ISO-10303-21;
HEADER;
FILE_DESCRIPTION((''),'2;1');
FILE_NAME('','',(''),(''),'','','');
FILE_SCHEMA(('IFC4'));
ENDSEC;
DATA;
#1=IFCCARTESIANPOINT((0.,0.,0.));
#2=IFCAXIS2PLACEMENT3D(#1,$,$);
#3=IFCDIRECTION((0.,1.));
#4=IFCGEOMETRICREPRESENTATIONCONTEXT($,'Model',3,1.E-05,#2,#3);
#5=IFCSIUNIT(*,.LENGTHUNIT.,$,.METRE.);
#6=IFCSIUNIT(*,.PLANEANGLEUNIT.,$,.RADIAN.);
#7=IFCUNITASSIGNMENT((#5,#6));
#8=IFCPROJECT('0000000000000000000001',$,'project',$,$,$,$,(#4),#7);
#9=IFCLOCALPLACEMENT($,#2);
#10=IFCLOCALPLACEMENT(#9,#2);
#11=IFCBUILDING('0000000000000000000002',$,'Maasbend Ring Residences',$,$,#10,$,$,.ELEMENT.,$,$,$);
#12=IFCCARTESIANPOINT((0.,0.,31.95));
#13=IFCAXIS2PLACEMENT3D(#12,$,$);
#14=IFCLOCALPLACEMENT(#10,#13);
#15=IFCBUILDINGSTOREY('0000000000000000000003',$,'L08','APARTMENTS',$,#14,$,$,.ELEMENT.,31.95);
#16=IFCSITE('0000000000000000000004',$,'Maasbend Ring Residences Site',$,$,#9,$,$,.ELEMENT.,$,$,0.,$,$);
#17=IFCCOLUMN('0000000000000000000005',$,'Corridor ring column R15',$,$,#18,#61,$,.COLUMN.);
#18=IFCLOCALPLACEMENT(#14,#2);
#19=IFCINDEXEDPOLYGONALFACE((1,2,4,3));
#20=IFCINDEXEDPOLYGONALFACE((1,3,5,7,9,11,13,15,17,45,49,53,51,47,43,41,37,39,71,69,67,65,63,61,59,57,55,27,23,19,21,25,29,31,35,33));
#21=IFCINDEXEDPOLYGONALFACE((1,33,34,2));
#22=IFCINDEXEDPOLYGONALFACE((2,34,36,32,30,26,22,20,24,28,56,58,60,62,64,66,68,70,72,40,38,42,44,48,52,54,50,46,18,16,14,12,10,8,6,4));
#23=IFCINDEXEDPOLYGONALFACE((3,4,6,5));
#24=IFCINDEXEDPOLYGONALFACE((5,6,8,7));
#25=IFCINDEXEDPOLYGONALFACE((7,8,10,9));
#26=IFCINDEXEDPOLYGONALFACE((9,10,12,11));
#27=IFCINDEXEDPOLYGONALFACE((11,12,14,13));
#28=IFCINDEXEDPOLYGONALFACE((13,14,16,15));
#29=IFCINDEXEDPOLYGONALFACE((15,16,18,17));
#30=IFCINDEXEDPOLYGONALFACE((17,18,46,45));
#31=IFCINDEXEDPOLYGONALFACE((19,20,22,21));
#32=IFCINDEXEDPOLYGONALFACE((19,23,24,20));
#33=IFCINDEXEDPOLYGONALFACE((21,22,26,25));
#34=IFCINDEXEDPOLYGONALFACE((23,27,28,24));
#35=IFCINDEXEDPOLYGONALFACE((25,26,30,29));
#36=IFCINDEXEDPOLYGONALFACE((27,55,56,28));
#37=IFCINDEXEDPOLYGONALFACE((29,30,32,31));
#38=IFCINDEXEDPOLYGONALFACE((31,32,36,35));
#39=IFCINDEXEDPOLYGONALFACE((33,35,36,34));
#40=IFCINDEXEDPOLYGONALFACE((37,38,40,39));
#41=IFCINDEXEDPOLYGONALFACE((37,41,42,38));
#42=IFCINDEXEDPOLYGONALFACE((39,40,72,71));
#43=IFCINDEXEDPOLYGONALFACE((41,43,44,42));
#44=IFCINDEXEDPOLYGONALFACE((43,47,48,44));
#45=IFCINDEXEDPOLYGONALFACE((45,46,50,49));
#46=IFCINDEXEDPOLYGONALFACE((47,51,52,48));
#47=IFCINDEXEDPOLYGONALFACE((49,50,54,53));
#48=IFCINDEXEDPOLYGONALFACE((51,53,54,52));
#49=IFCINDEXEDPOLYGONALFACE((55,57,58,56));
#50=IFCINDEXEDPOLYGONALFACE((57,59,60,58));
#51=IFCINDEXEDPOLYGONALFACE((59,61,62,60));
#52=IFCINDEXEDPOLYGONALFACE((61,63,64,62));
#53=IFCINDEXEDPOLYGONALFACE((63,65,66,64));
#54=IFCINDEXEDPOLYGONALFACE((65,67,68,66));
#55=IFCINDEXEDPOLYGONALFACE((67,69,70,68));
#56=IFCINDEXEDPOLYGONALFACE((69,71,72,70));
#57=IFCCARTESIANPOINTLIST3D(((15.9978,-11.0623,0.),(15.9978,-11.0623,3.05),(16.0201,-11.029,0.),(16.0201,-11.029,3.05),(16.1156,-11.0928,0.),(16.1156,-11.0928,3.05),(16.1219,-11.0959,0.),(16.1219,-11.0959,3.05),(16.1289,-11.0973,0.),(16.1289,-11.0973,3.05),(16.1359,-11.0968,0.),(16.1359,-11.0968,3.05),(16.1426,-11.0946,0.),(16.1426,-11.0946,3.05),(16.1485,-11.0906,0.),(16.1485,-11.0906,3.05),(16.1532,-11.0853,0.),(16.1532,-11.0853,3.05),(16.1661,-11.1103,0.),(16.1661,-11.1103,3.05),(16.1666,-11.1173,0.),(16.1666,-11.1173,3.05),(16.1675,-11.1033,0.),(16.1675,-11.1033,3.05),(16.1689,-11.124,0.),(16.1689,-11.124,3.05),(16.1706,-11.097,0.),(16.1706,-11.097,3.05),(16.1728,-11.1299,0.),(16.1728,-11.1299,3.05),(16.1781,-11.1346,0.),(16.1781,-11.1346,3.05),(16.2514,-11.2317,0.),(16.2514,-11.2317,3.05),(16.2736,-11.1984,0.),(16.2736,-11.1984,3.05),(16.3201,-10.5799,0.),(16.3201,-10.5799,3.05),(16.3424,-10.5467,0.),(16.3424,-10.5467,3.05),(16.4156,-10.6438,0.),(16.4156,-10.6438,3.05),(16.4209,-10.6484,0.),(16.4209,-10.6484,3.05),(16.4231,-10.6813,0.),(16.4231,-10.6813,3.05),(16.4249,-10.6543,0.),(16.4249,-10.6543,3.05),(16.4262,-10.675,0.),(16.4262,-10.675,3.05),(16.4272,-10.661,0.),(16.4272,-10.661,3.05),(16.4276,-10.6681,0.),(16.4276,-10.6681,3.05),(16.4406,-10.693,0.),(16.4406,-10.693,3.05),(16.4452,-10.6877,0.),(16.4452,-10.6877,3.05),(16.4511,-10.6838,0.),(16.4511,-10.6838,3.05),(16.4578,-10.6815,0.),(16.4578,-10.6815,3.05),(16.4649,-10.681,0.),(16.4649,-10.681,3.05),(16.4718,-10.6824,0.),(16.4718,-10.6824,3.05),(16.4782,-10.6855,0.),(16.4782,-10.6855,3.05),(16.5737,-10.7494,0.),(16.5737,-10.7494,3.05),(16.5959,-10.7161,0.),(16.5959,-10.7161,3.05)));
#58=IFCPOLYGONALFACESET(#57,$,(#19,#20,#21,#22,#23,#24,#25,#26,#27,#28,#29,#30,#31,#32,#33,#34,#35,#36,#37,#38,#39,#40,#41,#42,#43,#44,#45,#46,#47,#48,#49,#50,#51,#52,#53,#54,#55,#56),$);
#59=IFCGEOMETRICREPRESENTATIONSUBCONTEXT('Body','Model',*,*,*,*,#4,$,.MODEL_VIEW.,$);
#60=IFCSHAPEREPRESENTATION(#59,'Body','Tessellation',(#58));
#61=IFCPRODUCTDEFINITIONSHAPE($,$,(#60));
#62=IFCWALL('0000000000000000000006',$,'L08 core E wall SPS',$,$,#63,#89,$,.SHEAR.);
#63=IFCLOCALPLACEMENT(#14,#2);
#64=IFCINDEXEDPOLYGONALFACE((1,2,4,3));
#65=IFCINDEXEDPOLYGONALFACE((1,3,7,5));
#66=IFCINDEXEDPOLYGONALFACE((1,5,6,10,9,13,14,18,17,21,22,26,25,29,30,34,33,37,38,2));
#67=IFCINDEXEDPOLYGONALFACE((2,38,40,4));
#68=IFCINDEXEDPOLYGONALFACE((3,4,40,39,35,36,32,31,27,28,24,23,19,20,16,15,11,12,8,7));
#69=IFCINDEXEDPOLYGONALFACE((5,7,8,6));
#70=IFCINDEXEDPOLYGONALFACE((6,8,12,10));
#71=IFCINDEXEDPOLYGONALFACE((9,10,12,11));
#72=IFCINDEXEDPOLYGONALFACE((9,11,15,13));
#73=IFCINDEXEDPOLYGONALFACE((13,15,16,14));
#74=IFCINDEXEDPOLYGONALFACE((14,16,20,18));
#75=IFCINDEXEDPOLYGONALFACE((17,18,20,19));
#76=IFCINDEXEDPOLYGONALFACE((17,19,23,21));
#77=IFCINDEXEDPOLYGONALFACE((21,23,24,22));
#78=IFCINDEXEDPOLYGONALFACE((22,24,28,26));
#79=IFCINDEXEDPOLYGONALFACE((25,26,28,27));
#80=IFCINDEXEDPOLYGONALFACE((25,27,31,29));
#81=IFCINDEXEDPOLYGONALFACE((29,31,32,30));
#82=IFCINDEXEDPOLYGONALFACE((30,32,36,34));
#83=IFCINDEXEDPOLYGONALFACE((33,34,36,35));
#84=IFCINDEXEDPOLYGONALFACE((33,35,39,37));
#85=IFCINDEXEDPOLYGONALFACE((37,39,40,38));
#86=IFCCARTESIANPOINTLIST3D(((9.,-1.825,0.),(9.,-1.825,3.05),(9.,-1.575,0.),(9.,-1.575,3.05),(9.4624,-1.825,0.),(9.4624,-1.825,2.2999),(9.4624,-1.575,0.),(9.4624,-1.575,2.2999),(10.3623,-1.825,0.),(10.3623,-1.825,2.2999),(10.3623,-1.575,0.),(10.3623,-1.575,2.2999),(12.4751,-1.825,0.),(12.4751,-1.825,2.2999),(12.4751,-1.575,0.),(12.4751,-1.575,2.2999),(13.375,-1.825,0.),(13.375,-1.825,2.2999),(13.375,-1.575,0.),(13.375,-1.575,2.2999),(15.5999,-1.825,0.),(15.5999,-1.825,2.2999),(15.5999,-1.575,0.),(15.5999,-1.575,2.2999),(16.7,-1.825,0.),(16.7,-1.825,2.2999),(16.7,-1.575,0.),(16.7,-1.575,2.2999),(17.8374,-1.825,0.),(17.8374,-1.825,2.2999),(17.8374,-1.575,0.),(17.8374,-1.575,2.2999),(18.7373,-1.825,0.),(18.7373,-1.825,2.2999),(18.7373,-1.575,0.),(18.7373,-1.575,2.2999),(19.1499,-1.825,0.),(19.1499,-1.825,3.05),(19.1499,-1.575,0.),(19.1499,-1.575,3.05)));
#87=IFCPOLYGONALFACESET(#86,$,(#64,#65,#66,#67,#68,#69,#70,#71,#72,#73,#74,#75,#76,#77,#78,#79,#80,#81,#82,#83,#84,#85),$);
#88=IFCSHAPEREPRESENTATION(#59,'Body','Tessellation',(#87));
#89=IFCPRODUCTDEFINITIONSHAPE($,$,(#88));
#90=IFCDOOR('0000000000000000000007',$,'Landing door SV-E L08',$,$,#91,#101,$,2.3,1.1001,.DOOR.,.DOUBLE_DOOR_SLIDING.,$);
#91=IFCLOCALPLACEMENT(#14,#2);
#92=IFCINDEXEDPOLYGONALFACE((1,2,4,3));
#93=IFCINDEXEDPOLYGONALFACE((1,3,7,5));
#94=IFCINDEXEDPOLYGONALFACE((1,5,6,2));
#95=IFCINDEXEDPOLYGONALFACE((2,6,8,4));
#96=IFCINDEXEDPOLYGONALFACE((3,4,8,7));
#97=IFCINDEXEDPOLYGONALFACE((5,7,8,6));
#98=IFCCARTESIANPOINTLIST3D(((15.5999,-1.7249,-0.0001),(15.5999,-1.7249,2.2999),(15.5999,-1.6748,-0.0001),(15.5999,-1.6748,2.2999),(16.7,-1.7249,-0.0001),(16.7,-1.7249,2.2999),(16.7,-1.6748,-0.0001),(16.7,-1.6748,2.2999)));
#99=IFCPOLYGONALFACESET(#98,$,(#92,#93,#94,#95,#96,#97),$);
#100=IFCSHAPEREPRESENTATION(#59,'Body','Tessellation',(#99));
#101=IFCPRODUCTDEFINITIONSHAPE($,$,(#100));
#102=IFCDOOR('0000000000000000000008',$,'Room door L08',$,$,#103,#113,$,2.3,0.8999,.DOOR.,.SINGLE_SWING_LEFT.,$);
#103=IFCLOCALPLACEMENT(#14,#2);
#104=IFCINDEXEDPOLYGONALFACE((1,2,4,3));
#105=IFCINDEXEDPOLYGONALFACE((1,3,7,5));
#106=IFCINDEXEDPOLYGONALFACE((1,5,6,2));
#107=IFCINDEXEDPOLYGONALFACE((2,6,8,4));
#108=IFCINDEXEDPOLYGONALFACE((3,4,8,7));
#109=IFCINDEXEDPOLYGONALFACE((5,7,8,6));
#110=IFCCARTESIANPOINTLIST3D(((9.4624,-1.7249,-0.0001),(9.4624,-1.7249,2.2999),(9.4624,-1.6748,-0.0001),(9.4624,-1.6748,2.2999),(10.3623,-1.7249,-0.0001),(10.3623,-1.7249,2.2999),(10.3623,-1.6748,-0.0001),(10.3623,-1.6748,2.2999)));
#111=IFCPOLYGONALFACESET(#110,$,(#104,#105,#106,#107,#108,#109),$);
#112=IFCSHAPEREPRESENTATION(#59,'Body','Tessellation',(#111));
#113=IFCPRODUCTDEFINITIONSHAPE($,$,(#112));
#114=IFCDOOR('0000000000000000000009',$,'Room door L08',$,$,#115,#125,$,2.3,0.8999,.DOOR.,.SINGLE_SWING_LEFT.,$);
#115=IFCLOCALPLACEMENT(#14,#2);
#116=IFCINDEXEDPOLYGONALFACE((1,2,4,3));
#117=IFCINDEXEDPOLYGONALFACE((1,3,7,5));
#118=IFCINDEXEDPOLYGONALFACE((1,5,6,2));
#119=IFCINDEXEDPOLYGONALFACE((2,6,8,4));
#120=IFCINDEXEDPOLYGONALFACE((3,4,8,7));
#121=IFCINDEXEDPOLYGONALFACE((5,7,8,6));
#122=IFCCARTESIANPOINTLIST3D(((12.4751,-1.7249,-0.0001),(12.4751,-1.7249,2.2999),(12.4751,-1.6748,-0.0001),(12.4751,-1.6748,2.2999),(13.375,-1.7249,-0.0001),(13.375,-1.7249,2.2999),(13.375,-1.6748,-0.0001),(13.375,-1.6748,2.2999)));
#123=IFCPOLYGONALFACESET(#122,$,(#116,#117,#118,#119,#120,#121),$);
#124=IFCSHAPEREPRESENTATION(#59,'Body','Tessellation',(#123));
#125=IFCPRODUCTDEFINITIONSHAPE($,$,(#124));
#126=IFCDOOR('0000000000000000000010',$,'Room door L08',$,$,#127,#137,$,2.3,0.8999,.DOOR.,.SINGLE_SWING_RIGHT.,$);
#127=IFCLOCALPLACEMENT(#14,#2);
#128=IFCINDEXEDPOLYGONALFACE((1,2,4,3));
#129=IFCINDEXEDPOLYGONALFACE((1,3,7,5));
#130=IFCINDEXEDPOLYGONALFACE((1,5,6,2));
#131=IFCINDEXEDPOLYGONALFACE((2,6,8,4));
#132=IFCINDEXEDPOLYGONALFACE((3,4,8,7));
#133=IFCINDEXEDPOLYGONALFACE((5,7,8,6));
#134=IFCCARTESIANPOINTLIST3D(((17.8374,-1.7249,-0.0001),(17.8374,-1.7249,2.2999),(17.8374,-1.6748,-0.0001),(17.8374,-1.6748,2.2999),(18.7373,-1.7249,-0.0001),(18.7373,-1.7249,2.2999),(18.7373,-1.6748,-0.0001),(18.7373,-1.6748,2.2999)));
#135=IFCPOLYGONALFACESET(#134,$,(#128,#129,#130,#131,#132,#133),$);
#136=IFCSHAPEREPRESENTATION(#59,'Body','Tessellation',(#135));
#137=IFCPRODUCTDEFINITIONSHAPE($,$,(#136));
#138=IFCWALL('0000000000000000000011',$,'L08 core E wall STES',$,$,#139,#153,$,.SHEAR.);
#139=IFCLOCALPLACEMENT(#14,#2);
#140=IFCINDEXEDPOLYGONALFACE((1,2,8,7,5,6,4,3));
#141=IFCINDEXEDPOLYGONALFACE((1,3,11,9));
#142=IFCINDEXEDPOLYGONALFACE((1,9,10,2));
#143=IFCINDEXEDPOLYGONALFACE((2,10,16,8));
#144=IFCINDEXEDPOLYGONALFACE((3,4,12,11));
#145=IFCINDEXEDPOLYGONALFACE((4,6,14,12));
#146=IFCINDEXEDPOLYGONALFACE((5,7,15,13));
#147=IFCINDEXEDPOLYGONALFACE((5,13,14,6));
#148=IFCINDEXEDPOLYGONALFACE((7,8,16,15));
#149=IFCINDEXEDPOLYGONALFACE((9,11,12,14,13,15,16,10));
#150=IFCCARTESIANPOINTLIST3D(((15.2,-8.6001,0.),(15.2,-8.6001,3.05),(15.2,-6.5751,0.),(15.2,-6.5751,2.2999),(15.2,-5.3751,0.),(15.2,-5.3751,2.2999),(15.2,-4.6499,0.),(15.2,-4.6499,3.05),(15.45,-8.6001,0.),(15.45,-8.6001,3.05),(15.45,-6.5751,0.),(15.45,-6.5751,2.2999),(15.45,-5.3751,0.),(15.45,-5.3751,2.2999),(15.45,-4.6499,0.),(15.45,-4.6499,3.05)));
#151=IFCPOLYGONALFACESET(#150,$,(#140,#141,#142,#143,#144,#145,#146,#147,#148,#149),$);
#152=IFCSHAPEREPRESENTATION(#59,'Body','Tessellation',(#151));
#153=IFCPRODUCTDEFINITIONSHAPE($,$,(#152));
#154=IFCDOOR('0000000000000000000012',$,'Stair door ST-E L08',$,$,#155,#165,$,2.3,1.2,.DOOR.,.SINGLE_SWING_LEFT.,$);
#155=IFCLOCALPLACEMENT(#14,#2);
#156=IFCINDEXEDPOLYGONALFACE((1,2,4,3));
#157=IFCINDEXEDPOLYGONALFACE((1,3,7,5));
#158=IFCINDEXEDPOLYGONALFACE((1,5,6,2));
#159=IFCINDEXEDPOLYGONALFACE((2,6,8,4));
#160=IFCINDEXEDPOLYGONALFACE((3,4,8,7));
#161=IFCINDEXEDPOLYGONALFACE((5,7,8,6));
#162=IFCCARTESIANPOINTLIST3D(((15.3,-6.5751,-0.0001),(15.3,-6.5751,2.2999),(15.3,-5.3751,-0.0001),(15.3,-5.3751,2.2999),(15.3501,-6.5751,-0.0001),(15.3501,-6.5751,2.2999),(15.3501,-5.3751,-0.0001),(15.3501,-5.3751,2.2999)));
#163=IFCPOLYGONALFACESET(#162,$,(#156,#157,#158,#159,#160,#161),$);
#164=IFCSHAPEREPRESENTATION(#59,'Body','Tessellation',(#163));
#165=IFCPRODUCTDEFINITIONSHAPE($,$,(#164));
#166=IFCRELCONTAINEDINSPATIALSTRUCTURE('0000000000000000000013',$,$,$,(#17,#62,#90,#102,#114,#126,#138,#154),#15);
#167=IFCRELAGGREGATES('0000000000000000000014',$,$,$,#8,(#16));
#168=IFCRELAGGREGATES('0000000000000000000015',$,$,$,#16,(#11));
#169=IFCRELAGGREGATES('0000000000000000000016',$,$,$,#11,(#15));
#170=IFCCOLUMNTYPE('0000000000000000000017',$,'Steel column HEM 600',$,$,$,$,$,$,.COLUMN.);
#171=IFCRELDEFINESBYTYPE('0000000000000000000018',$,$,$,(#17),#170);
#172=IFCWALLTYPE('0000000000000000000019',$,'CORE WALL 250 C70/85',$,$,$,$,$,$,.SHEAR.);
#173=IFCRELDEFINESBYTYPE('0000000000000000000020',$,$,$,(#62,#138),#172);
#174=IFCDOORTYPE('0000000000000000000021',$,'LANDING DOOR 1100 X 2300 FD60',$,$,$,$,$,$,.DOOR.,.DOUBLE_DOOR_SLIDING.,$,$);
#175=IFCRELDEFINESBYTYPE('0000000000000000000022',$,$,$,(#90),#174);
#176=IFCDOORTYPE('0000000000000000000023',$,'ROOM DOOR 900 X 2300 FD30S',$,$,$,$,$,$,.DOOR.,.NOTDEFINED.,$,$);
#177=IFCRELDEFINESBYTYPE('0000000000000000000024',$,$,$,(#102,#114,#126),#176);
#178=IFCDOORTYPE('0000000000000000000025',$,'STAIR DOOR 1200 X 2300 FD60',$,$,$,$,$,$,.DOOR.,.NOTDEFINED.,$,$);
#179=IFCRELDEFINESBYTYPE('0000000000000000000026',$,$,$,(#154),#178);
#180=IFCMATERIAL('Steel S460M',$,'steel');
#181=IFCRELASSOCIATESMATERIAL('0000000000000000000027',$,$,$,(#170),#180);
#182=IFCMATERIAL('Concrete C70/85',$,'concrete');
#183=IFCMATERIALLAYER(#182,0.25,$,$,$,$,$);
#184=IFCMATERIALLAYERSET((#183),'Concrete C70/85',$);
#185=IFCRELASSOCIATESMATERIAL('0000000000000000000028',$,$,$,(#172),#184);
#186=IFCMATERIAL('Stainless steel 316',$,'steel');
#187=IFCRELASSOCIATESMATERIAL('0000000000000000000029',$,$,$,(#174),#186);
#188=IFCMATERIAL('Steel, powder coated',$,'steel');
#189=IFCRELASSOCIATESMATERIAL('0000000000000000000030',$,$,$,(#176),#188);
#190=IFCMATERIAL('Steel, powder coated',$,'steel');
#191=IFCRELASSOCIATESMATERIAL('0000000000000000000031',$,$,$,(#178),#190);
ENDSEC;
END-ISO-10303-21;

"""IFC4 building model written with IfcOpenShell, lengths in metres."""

from ifc_helpers import new_model, si_unit, direction, frame, frame_2d, origin, origin_2d, place, context, subcontext, project, spatial, rectangle, i_section, extrude, material, layer, layer_set, material_profile, profile_set, type_object, element, fill, save


model = new_model("IFC4")

# Units and contexts
model_context = context("Model", 3, precision=1e-05, world=origin(), true_north=direction((0.0, 1.0)))
body_context = subcontext(model_context, "Body", "Model", "MODEL_VIEW")
ifc_project = project(units=[si_unit("LENGTHUNIT", "METRE"), si_unit("PLANEANGLEUNIT", "RADIAN")], contexts=[model_context])

# Site, building, storey
site_placement = place(None, origin())
site = spatial("IfcSite", under=ifc_project, at=site_placement, Name="Maasbend Ring Residences Site", CompositionType="ELEMENT", RefElevation=0.0)
building_placement = place(site_placement, origin())
building = spatial("IfcBuilding", under=site, at=building_placement, Name="Maasbend Ring Residences", CompositionType="ELEMENT")
storey_placement = place(building_placement, frame((0.0, 0.0, 31.95)))
storey = spatial("IfcBuildingStorey", under=building, at=storey_placement, Name="L08", Description="APARTMENTS", CompositionType="ELEMENT", Elevation=31.95)

# Column
ifc_material_1 = material(Name="Steel S460M", Category="steel")
ifc_material_profile = material_profile(ifc_material_1, i_section(OverallWidth=0.3049, OverallDepth=0.6201, WebThickness=0.021, FlangeThickness=0.04, FilletRadius=0.0271, at=origin_2d()), Name="HEM 600")
ifc_profile_set = profile_set([ifc_material_profile], Name="Steel S460M")
column_type = type_object("IfcColumnType", Name="Steel column HEM 600", PredefinedType="COLUMN", material=ifc_profile_set)
column_placement = place(storey_placement, frame((16.2969, -10.8892, 0.0), z_axis=(0.0, 0.0, 1.0), x_axis=(0.83147, -0.55557, 0.0)))
element("IfcColumn", 1, at=column_placement, inside=storey, type_object=column_type, Name="Corridor ring column R15", PredefinedType="COLUMN", context=body_context, shape_type="SweptSolid", body=[
    extrude(i_section(OverallWidth=0.3049, OverallDepth=0.6201, WebThickness=0.021, FlangeThickness=0.04, FilletRadius=0.0271, at=origin_2d()), origin(), (0.0, 0.0, 1.0), 3.05),
])

# Wall, openings, doors
ifc_material_2 = material(Name="Concrete C70/85", Category="concrete")
ifc_layer_1 = layer(ifc_material_2, 0.25)
ifc_layer_set_1 = layer_set([ifc_layer_1], Name="Concrete C70/85")
wall_type_1 = type_object("IfcWallType", Name="CORE WALL 250 C70/85", PredefinedType="SHEAR", material=ifc_layer_set_1)
wall_1_placement = place(storey_placement, frame((19.1499, -1.7, 0.0), z_axis=(0.0, 0.0, 1.0), x_axis=(-1.0, 0.0, 0.0)))
wall_1 = element("IfcWall", 2, at=wall_1_placement, inside=storey, type_object=wall_type_1, Name="L08 core E wall SPS", PredefinedType="SHEAR", context=body_context, shape_type="SweptSolid", body=[
    extrude(rectangle(XDim=10.1499, YDim=0.25, at=frame_2d((5.075, 0.0))), origin(), (0.0, 0.0, 1.0), 3.05),
])
opening_1_placement = place(wall_1_placement, frame((2.45, 0.0, 0.0)))
opening_1 = element("IfcOpeningElement", 3, at=opening_1_placement, cuts=wall_1, PredefinedType="OPENING", context=body_context, shape_type="SweptSolid", body=[
    extrude(rectangle(XDim=1.1001, YDim=2.3, at=frame_2d((0.55, 1.1499))), frame((0.0, 0.135, 0.0), z_axis=(0.0, -1.0, 0.0), x_axis=(1.0, 0.0, 0.0)), (0.0, 0.0, 1.0), 0.27),
])
opening_2_placement = place(wall_1_placement, frame((8.7876, 0.0, 0.0)))
opening_2 = element("IfcOpeningElement", 4, at=opening_2_placement, cuts=wall_1, PredefinedType="OPENING", context=body_context, shape_type="SweptSolid", body=[
    extrude(rectangle(XDim=0.8999, YDim=2.3, at=frame_2d((0.45, 1.1499))), frame((0.0, 0.135, 0.0), z_axis=(0.0, -1.0, 0.0), x_axis=(1.0, 0.0, 0.0)), (0.0, 0.0, 1.0), 0.27),
])
opening_3_placement = place(wall_1_placement, frame((5.7749, 0.0, 0.0)))
opening_3 = element("IfcOpeningElement", 5, at=opening_3_placement, cuts=wall_1, PredefinedType="OPENING", context=body_context, shape_type="SweptSolid", body=[
    extrude(rectangle(XDim=0.8999, YDim=2.3, at=frame_2d((0.45, 1.1499))), frame((0.0, 0.135, 0.0), z_axis=(0.0, -1.0, 0.0), x_axis=(1.0, 0.0, 0.0)), (0.0, 0.0, 1.0), 0.27),
])
opening_4_placement = place(wall_1_placement, frame((0.4126, 0.0, 0.0)))
opening_4 = element("IfcOpeningElement", 6, at=opening_4_placement, cuts=wall_1, PredefinedType="OPENING", context=body_context, shape_type="SweptSolid", body=[
    extrude(rectangle(XDim=0.8999, YDim=2.3, at=frame_2d((0.45, 1.1499))), frame((0.0, 0.135, 0.0), z_axis=(0.0, -1.0, 0.0), x_axis=(1.0, 0.0, 0.0)), (0.0, 0.0, 1.0), 0.27),
])
ifc_material_3 = material(Name="Stainless steel 316", Category="steel")
door_type_1 = type_object("IfcDoorType", Name="LANDING DOOR 1100 X 2300 FD60", OperationType="DOUBLE_DOOR_SLIDING", PredefinedType="DOOR", material=ifc_material_3)
door_1_placement = place(opening_1_placement, origin())
door_1 = element("IfcDoor", 7, at=door_1_placement, inside=storey, type_object=door_type_1, Name="Landing door SV-E L08", OperationType="DOUBLE_DOOR_SLIDING", OverallHeight=2.3, OverallWidth=1.1001, PredefinedType="DOOR", context=body_context, shape_type="SweptSolid", body=[
    extrude(rectangle(XDim=1.1001, YDim=2.3, at=frame_2d((0.55, 1.1499))), frame((0.0, 0.0249, 0.0), z_axis=(0.0, -1.0, 0.0), x_axis=(1.0, 0.0, 0.0)), (0.0, 0.0, 1.0), 0.05),
])
fill(opening_1, door_1)
ifc_material_4 = material(Name="Steel, powder coated", Category="steel")
door_type_2 = type_object("IfcDoorType", Name="ROOM DOOR 900 X 2300 FD30S", OperationType="NOTDEFINED", PredefinedType="DOOR", material=ifc_material_4)
door_2_placement = place(opening_2_placement, origin())
door_2 = element("IfcDoor", 8, at=door_2_placement, inside=storey, type_object=door_type_2, Name="Room door L08", OperationType="SINGLE_SWING_LEFT", OverallHeight=2.3, OverallWidth=0.8999, PredefinedType="DOOR", context=body_context, shape_type="SweptSolid", body=[
    extrude(rectangle(XDim=0.8999, YDim=2.3, at=frame_2d((0.45, 1.1499))), frame((0.0, 0.0249, 0.0), z_axis=(0.0, -1.0, 0.0), x_axis=(1.0, 0.0, 0.0)), (0.0, 0.0, 1.0), 0.05),
])
fill(opening_2, door_2)
door_3_placement = place(opening_3_placement, origin())
door_3 = element("IfcDoor", 9, at=door_3_placement, inside=storey, type_object=door_type_2, Name="Room door L08", OperationType="SINGLE_SWING_LEFT", OverallHeight=2.3, OverallWidth=0.8999, PredefinedType="DOOR", context=body_context, shape_type="SweptSolid", body=[
    extrude(rectangle(XDim=0.8999, YDim=2.3, at=frame_2d((0.45, 1.1499))), frame((0.0, 0.0249, 0.0), z_axis=(0.0, -1.0, 0.0), x_axis=(1.0, 0.0, 0.0)), (0.0, 0.0, 1.0), 0.05),
])
fill(opening_3, door_3)
door_4_placement = place(opening_4_placement, origin())
door_4 = element("IfcDoor", 10, at=door_4_placement, inside=storey, type_object=door_type_2, Name="Room door L08", OperationType="SINGLE_SWING_RIGHT", OverallHeight=2.3, OverallWidth=0.8999, PredefinedType="DOOR", context=body_context, shape_type="SweptSolid", body=[
    extrude(rectangle(XDim=0.8999, YDim=2.3, at=frame_2d((0.45, 1.1499))), frame((0.0, 0.0249, 0.0), z_axis=(0.0, -1.0, 0.0), x_axis=(1.0, 0.0, 0.0)), (0.0, 0.0, 1.0), 0.05),
])
fill(opening_4, door_4)

# Wall, opening, door
wall_2_placement = place(storey_placement, frame((15.325, -8.6001, 0.0), z_axis=(0.0, 0.0, 1.0), x_axis=(0.0, 1.0, 0.0)))
wall_2 = element("IfcWall", 11, at=wall_2_placement, inside=storey, type_object=wall_type_1, Name="L08 core E wall STES", PredefinedType="SHEAR", context=body_context, shape_type="SweptSolid", body=[
    extrude(rectangle(XDim=3.9502, YDim=0.25, at=frame_2d((1.9751, 0.0))), origin(), (0.0, 0.0, 1.0), 3.05),
])
opening_5_placement = place(wall_2_placement, frame((2.0249, 0.0, 0.0)))
opening_5 = element("IfcOpeningElement", 12, at=opening_5_placement, cuts=wall_2, PredefinedType="OPENING", context=body_context, shape_type="SweptSolid", body=[
    extrude(rectangle(XDim=1.2, YDim=2.3, at=frame_2d((0.6001, 1.1499))), frame((0.0, 0.135, 0.0), z_axis=(0.0, -1.0, 0.0), x_axis=(1.0, 0.0, 0.0)), (0.0, 0.0, 1.0), 0.27),
])
ifc_material_5 = material(Name="Steel, powder coated", Category="steel")
door_type_3 = type_object("IfcDoorType", Name="STAIR DOOR 1200 X 2300 FD60", OperationType="NOTDEFINED", PredefinedType="DOOR", material=ifc_material_5)
door_5_placement = place(opening_5_placement, origin())
door_5 = element("IfcDoor", 13, at=door_5_placement, inside=storey, type_object=door_type_3, Name="Stair door ST-E L08", OperationType="SINGLE_SWING_LEFT", OverallHeight=2.3, OverallWidth=1.2, PredefinedType="DOOR", context=body_context, shape_type="SweptSolid", body=[
    extrude(rectangle(XDim=1.2, YDim=2.3, at=frame_2d((0.6001, 1.1499))), frame((0.0, 0.0249, 0.0), z_axis=(0.0, -1.0, 0.0), x_axis=(1.0, 0.0, 0.0)), (0.0, 0.0, 1.0), 0.05),
])
fill(opening_5, door_5)

save(model, "model.ifc")
